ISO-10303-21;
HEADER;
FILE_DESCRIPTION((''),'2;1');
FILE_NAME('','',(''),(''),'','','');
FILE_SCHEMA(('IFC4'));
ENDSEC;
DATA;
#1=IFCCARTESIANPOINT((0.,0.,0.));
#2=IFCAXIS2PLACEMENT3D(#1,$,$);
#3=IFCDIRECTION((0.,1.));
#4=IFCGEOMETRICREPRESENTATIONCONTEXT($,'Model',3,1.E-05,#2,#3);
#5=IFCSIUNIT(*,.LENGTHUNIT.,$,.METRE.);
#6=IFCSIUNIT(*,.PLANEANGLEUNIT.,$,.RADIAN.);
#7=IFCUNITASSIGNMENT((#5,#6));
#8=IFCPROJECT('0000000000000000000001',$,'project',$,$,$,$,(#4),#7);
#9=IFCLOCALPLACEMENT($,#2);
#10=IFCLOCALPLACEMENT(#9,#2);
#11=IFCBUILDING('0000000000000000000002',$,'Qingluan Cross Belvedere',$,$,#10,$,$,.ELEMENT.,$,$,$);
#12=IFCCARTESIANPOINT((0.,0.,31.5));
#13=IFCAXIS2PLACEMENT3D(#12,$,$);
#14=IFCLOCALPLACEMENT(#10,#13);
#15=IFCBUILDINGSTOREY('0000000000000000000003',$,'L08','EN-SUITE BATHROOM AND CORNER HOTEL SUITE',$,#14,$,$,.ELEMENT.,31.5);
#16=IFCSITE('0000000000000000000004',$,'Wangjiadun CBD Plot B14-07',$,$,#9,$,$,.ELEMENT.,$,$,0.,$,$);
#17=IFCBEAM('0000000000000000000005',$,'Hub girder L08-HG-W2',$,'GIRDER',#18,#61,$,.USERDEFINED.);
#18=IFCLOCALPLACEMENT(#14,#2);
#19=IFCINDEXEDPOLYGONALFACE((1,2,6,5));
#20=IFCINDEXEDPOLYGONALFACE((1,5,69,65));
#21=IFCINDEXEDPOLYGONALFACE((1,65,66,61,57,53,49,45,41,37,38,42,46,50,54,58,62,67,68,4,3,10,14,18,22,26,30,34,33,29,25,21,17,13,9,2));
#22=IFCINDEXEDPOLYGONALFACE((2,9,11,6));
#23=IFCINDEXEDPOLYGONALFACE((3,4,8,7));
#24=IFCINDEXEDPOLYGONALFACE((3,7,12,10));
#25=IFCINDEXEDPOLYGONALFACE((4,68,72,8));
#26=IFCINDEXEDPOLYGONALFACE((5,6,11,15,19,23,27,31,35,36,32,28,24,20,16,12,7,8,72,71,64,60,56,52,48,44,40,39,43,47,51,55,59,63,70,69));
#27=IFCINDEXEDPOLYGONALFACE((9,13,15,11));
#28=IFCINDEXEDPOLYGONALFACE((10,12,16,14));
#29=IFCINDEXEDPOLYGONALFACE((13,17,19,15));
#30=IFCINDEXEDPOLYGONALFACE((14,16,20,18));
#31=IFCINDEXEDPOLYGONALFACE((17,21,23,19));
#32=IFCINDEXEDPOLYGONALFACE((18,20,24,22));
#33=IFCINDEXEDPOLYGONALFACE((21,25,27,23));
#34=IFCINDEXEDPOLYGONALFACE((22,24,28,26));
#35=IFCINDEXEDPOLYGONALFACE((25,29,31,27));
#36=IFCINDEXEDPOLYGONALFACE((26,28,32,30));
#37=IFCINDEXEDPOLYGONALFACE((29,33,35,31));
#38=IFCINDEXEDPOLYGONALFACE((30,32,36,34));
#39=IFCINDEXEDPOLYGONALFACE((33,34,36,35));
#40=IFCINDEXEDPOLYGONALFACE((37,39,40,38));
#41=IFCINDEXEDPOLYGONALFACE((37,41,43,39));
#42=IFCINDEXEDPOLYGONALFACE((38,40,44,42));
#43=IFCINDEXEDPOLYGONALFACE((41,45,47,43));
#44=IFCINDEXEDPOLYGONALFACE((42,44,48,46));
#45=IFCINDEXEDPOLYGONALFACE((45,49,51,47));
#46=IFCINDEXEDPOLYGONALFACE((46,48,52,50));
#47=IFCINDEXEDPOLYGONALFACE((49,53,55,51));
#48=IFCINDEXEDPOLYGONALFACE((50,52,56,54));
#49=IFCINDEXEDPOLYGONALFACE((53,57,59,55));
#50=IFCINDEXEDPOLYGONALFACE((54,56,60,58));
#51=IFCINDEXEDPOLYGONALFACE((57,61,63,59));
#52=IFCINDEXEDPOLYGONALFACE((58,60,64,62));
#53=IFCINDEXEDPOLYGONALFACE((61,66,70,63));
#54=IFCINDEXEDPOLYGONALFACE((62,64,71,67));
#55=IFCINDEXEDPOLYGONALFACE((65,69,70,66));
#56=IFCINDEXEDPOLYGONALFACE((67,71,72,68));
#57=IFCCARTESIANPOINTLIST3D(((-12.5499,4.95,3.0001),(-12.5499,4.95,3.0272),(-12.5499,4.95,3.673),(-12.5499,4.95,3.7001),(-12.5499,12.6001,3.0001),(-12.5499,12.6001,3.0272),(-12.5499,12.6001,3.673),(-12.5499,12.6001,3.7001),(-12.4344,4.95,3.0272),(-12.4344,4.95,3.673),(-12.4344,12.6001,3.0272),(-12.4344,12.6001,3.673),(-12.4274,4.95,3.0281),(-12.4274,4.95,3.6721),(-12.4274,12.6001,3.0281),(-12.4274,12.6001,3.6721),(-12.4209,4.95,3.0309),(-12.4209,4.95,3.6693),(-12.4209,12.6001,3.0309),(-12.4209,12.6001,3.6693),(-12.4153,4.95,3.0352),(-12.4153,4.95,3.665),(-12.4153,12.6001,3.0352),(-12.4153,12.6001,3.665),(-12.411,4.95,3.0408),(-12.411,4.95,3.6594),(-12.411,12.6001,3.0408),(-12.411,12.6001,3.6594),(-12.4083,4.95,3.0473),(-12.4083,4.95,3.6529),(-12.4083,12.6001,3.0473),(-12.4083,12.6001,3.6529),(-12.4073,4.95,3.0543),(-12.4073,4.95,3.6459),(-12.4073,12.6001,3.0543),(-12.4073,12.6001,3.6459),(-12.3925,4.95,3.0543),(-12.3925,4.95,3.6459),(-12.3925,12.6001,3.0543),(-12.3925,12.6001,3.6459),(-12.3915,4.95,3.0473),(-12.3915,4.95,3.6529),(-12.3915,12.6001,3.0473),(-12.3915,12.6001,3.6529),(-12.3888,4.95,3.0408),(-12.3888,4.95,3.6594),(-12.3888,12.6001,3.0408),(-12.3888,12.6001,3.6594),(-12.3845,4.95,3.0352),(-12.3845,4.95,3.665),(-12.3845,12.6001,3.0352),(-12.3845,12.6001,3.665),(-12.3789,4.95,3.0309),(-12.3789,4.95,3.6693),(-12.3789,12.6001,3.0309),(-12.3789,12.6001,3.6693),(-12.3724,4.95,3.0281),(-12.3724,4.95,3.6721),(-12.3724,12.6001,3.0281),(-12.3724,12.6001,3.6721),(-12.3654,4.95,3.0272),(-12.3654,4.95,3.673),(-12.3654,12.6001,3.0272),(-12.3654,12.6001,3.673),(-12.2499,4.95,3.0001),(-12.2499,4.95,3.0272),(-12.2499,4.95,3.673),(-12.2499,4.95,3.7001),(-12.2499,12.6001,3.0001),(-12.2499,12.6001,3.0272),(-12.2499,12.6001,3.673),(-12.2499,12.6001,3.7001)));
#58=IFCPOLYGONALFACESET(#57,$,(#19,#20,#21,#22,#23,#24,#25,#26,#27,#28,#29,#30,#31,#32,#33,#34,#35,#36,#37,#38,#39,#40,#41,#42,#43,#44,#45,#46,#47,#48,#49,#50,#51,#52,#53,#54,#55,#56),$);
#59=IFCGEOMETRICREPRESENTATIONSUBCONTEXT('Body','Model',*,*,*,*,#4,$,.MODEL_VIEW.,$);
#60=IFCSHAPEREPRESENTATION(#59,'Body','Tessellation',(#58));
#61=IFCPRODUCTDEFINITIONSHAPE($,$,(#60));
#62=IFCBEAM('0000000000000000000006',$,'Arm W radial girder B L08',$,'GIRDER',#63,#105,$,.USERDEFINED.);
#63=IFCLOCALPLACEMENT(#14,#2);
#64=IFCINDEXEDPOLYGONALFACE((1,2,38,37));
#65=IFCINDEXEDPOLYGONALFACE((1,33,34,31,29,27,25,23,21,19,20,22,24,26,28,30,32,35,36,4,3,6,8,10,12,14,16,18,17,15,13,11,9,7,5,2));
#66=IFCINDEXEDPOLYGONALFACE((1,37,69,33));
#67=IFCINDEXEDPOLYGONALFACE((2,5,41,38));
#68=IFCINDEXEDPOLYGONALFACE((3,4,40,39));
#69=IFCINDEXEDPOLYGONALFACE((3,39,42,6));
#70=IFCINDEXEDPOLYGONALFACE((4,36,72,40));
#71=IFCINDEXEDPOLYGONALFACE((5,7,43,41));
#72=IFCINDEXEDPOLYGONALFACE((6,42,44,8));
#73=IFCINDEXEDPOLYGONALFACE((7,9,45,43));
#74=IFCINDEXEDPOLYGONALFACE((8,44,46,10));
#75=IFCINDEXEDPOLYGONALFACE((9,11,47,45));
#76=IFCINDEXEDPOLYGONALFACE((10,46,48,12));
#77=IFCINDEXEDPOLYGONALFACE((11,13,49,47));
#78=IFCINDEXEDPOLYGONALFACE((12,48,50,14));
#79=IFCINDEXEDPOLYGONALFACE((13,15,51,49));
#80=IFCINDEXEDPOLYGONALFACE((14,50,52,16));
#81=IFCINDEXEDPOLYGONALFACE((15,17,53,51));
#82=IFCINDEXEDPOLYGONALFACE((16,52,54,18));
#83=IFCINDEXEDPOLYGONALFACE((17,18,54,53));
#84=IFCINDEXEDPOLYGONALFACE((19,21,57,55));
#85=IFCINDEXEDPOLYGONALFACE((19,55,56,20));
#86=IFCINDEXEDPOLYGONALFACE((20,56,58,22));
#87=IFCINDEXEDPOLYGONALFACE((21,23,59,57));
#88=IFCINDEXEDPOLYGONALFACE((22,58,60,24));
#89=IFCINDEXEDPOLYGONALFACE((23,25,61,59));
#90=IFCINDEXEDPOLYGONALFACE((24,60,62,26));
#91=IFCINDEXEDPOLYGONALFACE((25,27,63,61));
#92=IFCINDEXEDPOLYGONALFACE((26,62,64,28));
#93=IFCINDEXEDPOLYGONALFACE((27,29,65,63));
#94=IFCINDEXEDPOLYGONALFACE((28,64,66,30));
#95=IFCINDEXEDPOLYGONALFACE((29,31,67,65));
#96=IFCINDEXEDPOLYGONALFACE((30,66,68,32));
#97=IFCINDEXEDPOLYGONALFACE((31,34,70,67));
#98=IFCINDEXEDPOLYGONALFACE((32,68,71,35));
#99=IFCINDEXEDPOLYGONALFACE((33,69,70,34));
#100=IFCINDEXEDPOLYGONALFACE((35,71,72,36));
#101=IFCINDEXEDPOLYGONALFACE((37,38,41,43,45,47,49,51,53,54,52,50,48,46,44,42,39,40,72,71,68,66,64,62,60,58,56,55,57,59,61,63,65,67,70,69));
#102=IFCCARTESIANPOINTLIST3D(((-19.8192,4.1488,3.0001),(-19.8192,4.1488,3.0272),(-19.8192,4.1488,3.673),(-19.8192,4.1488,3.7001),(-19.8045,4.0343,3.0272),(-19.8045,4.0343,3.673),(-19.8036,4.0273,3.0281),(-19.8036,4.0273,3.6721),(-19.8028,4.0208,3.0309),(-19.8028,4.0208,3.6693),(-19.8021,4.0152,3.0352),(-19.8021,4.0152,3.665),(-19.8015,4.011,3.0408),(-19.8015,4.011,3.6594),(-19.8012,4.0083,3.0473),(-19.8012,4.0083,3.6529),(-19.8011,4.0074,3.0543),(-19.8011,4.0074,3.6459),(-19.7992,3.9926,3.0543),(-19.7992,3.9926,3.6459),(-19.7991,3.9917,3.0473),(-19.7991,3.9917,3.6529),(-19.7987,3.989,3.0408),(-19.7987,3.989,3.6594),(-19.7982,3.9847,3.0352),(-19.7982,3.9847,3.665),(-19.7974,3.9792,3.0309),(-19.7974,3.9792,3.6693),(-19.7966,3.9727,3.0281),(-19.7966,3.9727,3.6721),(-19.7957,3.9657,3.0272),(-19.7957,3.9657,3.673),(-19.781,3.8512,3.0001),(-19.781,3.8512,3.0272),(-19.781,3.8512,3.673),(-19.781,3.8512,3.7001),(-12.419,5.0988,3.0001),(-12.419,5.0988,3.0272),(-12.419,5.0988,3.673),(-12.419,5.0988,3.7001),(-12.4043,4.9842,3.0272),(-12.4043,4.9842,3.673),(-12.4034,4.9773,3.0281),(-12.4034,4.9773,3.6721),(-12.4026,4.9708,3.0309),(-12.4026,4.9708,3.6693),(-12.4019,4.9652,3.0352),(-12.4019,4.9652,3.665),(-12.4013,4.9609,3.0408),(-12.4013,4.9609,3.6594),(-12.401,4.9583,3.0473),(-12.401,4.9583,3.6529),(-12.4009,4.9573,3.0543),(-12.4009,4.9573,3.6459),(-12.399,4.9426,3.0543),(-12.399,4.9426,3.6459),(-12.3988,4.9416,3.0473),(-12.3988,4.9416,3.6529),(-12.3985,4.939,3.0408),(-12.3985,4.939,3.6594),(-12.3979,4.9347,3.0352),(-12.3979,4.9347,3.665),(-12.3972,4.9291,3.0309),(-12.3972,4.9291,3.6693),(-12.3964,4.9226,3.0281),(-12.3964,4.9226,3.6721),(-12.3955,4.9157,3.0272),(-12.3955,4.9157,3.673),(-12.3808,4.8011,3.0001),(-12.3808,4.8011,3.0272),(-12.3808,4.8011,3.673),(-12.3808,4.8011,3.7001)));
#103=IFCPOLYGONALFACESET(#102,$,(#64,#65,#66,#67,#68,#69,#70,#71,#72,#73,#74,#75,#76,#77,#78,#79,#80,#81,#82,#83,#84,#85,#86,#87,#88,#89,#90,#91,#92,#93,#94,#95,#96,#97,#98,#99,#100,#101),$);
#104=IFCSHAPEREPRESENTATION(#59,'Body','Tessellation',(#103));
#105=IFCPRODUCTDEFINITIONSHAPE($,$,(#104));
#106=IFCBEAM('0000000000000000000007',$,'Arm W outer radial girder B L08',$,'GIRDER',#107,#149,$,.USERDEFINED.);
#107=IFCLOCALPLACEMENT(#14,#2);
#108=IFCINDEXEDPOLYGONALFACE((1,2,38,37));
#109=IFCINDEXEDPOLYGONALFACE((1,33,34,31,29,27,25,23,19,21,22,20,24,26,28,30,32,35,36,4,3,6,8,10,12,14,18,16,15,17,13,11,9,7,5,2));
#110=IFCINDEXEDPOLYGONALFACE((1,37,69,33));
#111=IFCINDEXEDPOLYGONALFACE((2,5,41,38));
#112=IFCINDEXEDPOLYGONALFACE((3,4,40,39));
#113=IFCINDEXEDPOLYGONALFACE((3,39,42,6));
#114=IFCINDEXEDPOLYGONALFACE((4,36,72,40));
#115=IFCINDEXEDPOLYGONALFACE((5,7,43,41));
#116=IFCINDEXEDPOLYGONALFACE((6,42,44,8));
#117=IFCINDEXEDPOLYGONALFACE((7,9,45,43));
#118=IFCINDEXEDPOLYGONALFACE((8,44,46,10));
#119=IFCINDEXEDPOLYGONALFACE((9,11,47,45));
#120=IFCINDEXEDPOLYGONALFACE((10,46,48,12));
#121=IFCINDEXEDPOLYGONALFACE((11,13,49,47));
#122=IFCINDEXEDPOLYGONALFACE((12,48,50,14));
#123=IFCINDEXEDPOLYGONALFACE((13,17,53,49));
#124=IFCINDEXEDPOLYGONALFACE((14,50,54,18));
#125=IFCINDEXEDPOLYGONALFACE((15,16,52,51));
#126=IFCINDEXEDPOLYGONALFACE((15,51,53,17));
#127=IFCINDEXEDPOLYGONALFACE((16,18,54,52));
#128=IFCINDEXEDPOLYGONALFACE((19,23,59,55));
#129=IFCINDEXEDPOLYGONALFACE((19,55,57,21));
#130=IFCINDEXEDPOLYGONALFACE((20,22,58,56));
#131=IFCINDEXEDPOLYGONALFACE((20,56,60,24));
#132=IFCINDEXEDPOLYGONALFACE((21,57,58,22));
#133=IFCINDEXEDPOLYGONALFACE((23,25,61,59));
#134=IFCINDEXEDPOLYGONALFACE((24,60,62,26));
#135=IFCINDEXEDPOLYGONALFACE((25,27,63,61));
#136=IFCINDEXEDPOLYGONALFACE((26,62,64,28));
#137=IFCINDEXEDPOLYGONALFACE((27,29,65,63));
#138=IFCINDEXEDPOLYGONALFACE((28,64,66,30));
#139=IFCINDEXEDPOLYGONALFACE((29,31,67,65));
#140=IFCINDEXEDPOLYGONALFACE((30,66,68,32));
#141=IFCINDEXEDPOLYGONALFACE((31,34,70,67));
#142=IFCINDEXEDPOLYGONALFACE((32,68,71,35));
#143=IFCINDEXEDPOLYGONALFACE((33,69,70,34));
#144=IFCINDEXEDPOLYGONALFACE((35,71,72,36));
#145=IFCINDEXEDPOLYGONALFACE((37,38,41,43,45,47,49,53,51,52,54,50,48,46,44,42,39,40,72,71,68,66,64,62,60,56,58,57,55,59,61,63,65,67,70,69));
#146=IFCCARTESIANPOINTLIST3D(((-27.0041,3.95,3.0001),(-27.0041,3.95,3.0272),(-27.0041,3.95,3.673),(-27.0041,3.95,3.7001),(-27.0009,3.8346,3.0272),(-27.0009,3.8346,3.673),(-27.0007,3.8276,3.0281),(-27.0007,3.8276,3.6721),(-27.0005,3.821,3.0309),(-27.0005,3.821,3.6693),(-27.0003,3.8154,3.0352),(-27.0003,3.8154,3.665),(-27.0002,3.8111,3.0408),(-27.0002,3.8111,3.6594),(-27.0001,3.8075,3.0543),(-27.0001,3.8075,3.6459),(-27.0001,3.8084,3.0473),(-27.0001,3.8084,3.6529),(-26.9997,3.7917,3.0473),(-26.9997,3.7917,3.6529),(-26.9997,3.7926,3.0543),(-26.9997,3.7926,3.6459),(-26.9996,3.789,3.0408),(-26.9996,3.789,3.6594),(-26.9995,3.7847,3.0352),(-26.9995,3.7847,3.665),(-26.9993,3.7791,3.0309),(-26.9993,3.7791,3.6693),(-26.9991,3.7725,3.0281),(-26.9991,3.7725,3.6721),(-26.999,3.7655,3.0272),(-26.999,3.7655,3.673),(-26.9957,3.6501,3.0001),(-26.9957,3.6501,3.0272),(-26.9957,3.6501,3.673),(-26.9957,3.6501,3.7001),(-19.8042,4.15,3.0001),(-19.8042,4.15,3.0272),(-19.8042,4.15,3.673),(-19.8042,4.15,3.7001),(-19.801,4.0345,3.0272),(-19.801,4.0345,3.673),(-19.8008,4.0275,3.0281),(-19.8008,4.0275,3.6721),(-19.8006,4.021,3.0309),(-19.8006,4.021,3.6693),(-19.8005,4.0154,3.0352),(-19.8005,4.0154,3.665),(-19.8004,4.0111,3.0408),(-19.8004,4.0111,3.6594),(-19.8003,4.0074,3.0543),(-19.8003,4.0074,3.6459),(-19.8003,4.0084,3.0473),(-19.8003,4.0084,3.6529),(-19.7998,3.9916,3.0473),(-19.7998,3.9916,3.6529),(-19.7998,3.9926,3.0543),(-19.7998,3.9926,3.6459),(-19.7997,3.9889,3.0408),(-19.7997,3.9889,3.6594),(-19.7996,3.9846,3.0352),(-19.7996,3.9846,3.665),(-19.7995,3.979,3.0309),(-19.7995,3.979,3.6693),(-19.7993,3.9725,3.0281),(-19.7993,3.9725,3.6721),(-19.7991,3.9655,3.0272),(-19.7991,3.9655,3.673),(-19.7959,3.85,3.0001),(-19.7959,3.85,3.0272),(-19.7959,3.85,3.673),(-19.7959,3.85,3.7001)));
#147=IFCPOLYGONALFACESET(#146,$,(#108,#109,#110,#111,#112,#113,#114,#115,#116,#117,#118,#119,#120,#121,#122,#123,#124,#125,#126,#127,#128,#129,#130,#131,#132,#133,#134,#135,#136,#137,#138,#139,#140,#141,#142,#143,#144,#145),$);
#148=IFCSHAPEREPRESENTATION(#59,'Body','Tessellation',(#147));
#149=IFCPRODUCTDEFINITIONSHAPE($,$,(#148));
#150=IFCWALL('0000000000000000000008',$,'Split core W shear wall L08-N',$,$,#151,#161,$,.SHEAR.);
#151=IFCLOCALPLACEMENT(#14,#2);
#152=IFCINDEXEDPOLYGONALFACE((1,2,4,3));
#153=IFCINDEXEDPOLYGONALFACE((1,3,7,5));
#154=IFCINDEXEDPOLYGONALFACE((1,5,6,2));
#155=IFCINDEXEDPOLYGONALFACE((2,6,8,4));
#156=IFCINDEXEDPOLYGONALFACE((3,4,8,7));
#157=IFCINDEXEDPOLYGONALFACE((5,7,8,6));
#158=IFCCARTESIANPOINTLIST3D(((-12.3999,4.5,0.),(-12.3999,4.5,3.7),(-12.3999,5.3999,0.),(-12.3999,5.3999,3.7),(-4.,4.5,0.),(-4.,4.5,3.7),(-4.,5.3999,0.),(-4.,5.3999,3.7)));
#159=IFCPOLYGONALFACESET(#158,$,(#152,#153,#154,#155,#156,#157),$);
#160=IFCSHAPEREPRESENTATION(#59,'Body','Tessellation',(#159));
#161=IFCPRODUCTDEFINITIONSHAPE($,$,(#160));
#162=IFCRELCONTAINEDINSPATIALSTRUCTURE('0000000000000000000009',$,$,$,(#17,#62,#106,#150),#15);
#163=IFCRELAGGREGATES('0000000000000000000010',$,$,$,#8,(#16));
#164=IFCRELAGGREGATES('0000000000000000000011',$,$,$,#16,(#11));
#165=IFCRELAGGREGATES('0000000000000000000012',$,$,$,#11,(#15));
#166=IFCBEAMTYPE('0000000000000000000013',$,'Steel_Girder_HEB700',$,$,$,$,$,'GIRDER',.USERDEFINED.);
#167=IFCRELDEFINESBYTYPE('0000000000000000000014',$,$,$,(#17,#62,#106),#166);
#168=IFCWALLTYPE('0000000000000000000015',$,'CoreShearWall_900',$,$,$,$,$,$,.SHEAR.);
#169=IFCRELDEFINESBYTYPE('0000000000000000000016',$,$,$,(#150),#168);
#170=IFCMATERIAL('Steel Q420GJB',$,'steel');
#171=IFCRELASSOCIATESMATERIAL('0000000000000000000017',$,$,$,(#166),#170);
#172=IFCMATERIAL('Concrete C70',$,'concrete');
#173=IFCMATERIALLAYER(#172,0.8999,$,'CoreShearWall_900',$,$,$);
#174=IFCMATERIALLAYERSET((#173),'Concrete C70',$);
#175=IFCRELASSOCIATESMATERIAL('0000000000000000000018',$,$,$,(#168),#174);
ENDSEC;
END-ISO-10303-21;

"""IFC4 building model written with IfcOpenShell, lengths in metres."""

from ifc_helpers import new_model, si_unit, direction, frame, frame_2d, origin, origin_2d, place, context, subcontext, project, spatial, rectangle, i_section, extrude, material, layer, layer_set, material_profile, profile_set, type_object, element, save


model = new_model("IFC4")

# Units and contexts
model_context = context("Model", 3, precision=1e-05, world=origin(), true_north=direction((0.0, 1.0)))
body_context = subcontext(model_context, "Body", "Model", "MODEL_VIEW")
ifc_project = project(units=[si_unit("LENGTHUNIT", "METRE"), si_unit("PLANEANGLEUNIT", "RADIAN")], contexts=[model_context])

# Site, building, storey
site_placement = place(None, origin())
site = spatial("IfcSite", under=ifc_project, at=site_placement, Name="Wangjiadun CBD Plot B14-07", CompositionType="ELEMENT", RefElevation=0.0)
building_placement = place(site_placement, origin())
building = spatial("IfcBuilding", under=site, at=building_placement, Name="Qingluan Cross Belvedere", CompositionType="ELEMENT")
storey_placement = place(building_placement, frame((0.0, 0.0, 31.5)))
storey = spatial("IfcBuildingStorey", under=building, at=storey_placement, Name="L08", Description="EN-SUITE BATHROOM AND CORNER HOTEL SUITE", CompositionType="ELEMENT", Elevation=31.5)

# Beams
ifc_material_1 = material(Name="Steel Q420GJB", Category="steel")
ifc_material_profile = material_profile(ifc_material_1, i_section(OverallWidth=0.3, OverallDepth=0.7, WebThickness=0.0149, FlangeThickness=0.0271, FilletRadius=0.0271, at=origin_2d()), Name="HEB700")
ifc_profile_set = profile_set([ifc_material_profile], Name="Steel Q420GJB")
beam_type = type_object("IfcBeamType", Name="Steel_Girder_HEB700", ElementType="GIRDER", PredefinedType="USERDEFINED", material=ifc_profile_set)
beam_1_placement = place(storey_placement, frame((-12.3999, 4.95, 3.3501), z_axis=(0.0, 1.0, 0.0), x_axis=(-1.0, 0.0, 0.0)))
element("IfcBeam", 1, at=beam_1_placement, inside=storey, type_object=beam_type, Name="Hub girder L08-HG-W2", ObjectType="GIRDER", PredefinedType="USERDEFINED", context=body_context, shape_type="SweptSolid", body=[
    extrude(i_section(OverallWidth=0.3, OverallDepth=0.7, WebThickness=0.0149, FlangeThickness=0.0271, FilletRadius=0.0271, at=origin_2d()), origin(), (0.0, 0.0, 1.0), 7.6501),
])
beam_2_placement = place(storey_placement, frame((-12.3999, 4.95, 3.3501), z_axis=(-0.991861, -0.127324, 0.0), x_axis=(0.127324, -0.991861, 0.0)))
element("IfcBeam", 2, at=beam_2_placement, inside=storey, type_object=beam_type, Name="Arm W radial girder B L08", ObjectType="GIRDER", PredefinedType="USERDEFINED", context=body_context, shape_type="SweptSolid", body=[
    extrude(i_section(OverallWidth=0.3, OverallDepth=0.7, WebThickness=0.0149, FlangeThickness=0.0271, FilletRadius=0.0271, at=origin_2d()), origin(), (0.0, 0.0, 1.0), 7.4609),
])
beam_3_placement = place(storey_placement, frame((-19.8, 4.0, 3.3501), z_axis=(-0.999615, -0.02776, 0.0), x_axis=(0.02776, -0.999615, 0.0)))
element("IfcBeam", 3, at=beam_3_placement, inside=storey, type_object=beam_type, Name="Arm W outer radial girder B L08", ObjectType="GIRDER", PredefinedType="USERDEFINED", context=body_context, shape_type="SweptSolid", body=[
    extrude(i_section(OverallWidth=0.3, OverallDepth=0.7, WebThickness=0.0149, FlangeThickness=0.0271, FilletRadius=0.0271, at=origin_2d()), origin(), (0.0, 0.0, 1.0), 7.2026),
])

# Wall
ifc_material_2 = material(Name="Concrete C70", Category="concrete")
ifc_layer_1 = layer(ifc_material_2, 0.8999, Name="CoreShearWall_900")
ifc_layer_set_1 = layer_set([ifc_layer_1], Name="Concrete C70")
wall_type_1 = type_object("IfcWallType", Name="CoreShearWall_900", PredefinedType="SHEAR", material=ifc_layer_set_1)
wall_1_placement = place(storey_placement, frame((-12.3999, 4.95, 0.0), z_axis=(0.0, 0.0, 1.0), x_axis=(1.0, 0.0, 0.0)))
element("IfcWall", 4, at=wall_1_placement, inside=storey, type_object=wall_type_1, Name="Split core W shear wall L08-N", PredefinedType="SHEAR", context=body_context, shape_type="SweptSolid", body=[
    extrude(rectangle(XDim=8.3999, YDim=0.8999, at=frame_2d((4.2, 0.0))), origin(), (0.0, 0.0, 1.0), 3.7),
])

save(model, "model.ifc")
